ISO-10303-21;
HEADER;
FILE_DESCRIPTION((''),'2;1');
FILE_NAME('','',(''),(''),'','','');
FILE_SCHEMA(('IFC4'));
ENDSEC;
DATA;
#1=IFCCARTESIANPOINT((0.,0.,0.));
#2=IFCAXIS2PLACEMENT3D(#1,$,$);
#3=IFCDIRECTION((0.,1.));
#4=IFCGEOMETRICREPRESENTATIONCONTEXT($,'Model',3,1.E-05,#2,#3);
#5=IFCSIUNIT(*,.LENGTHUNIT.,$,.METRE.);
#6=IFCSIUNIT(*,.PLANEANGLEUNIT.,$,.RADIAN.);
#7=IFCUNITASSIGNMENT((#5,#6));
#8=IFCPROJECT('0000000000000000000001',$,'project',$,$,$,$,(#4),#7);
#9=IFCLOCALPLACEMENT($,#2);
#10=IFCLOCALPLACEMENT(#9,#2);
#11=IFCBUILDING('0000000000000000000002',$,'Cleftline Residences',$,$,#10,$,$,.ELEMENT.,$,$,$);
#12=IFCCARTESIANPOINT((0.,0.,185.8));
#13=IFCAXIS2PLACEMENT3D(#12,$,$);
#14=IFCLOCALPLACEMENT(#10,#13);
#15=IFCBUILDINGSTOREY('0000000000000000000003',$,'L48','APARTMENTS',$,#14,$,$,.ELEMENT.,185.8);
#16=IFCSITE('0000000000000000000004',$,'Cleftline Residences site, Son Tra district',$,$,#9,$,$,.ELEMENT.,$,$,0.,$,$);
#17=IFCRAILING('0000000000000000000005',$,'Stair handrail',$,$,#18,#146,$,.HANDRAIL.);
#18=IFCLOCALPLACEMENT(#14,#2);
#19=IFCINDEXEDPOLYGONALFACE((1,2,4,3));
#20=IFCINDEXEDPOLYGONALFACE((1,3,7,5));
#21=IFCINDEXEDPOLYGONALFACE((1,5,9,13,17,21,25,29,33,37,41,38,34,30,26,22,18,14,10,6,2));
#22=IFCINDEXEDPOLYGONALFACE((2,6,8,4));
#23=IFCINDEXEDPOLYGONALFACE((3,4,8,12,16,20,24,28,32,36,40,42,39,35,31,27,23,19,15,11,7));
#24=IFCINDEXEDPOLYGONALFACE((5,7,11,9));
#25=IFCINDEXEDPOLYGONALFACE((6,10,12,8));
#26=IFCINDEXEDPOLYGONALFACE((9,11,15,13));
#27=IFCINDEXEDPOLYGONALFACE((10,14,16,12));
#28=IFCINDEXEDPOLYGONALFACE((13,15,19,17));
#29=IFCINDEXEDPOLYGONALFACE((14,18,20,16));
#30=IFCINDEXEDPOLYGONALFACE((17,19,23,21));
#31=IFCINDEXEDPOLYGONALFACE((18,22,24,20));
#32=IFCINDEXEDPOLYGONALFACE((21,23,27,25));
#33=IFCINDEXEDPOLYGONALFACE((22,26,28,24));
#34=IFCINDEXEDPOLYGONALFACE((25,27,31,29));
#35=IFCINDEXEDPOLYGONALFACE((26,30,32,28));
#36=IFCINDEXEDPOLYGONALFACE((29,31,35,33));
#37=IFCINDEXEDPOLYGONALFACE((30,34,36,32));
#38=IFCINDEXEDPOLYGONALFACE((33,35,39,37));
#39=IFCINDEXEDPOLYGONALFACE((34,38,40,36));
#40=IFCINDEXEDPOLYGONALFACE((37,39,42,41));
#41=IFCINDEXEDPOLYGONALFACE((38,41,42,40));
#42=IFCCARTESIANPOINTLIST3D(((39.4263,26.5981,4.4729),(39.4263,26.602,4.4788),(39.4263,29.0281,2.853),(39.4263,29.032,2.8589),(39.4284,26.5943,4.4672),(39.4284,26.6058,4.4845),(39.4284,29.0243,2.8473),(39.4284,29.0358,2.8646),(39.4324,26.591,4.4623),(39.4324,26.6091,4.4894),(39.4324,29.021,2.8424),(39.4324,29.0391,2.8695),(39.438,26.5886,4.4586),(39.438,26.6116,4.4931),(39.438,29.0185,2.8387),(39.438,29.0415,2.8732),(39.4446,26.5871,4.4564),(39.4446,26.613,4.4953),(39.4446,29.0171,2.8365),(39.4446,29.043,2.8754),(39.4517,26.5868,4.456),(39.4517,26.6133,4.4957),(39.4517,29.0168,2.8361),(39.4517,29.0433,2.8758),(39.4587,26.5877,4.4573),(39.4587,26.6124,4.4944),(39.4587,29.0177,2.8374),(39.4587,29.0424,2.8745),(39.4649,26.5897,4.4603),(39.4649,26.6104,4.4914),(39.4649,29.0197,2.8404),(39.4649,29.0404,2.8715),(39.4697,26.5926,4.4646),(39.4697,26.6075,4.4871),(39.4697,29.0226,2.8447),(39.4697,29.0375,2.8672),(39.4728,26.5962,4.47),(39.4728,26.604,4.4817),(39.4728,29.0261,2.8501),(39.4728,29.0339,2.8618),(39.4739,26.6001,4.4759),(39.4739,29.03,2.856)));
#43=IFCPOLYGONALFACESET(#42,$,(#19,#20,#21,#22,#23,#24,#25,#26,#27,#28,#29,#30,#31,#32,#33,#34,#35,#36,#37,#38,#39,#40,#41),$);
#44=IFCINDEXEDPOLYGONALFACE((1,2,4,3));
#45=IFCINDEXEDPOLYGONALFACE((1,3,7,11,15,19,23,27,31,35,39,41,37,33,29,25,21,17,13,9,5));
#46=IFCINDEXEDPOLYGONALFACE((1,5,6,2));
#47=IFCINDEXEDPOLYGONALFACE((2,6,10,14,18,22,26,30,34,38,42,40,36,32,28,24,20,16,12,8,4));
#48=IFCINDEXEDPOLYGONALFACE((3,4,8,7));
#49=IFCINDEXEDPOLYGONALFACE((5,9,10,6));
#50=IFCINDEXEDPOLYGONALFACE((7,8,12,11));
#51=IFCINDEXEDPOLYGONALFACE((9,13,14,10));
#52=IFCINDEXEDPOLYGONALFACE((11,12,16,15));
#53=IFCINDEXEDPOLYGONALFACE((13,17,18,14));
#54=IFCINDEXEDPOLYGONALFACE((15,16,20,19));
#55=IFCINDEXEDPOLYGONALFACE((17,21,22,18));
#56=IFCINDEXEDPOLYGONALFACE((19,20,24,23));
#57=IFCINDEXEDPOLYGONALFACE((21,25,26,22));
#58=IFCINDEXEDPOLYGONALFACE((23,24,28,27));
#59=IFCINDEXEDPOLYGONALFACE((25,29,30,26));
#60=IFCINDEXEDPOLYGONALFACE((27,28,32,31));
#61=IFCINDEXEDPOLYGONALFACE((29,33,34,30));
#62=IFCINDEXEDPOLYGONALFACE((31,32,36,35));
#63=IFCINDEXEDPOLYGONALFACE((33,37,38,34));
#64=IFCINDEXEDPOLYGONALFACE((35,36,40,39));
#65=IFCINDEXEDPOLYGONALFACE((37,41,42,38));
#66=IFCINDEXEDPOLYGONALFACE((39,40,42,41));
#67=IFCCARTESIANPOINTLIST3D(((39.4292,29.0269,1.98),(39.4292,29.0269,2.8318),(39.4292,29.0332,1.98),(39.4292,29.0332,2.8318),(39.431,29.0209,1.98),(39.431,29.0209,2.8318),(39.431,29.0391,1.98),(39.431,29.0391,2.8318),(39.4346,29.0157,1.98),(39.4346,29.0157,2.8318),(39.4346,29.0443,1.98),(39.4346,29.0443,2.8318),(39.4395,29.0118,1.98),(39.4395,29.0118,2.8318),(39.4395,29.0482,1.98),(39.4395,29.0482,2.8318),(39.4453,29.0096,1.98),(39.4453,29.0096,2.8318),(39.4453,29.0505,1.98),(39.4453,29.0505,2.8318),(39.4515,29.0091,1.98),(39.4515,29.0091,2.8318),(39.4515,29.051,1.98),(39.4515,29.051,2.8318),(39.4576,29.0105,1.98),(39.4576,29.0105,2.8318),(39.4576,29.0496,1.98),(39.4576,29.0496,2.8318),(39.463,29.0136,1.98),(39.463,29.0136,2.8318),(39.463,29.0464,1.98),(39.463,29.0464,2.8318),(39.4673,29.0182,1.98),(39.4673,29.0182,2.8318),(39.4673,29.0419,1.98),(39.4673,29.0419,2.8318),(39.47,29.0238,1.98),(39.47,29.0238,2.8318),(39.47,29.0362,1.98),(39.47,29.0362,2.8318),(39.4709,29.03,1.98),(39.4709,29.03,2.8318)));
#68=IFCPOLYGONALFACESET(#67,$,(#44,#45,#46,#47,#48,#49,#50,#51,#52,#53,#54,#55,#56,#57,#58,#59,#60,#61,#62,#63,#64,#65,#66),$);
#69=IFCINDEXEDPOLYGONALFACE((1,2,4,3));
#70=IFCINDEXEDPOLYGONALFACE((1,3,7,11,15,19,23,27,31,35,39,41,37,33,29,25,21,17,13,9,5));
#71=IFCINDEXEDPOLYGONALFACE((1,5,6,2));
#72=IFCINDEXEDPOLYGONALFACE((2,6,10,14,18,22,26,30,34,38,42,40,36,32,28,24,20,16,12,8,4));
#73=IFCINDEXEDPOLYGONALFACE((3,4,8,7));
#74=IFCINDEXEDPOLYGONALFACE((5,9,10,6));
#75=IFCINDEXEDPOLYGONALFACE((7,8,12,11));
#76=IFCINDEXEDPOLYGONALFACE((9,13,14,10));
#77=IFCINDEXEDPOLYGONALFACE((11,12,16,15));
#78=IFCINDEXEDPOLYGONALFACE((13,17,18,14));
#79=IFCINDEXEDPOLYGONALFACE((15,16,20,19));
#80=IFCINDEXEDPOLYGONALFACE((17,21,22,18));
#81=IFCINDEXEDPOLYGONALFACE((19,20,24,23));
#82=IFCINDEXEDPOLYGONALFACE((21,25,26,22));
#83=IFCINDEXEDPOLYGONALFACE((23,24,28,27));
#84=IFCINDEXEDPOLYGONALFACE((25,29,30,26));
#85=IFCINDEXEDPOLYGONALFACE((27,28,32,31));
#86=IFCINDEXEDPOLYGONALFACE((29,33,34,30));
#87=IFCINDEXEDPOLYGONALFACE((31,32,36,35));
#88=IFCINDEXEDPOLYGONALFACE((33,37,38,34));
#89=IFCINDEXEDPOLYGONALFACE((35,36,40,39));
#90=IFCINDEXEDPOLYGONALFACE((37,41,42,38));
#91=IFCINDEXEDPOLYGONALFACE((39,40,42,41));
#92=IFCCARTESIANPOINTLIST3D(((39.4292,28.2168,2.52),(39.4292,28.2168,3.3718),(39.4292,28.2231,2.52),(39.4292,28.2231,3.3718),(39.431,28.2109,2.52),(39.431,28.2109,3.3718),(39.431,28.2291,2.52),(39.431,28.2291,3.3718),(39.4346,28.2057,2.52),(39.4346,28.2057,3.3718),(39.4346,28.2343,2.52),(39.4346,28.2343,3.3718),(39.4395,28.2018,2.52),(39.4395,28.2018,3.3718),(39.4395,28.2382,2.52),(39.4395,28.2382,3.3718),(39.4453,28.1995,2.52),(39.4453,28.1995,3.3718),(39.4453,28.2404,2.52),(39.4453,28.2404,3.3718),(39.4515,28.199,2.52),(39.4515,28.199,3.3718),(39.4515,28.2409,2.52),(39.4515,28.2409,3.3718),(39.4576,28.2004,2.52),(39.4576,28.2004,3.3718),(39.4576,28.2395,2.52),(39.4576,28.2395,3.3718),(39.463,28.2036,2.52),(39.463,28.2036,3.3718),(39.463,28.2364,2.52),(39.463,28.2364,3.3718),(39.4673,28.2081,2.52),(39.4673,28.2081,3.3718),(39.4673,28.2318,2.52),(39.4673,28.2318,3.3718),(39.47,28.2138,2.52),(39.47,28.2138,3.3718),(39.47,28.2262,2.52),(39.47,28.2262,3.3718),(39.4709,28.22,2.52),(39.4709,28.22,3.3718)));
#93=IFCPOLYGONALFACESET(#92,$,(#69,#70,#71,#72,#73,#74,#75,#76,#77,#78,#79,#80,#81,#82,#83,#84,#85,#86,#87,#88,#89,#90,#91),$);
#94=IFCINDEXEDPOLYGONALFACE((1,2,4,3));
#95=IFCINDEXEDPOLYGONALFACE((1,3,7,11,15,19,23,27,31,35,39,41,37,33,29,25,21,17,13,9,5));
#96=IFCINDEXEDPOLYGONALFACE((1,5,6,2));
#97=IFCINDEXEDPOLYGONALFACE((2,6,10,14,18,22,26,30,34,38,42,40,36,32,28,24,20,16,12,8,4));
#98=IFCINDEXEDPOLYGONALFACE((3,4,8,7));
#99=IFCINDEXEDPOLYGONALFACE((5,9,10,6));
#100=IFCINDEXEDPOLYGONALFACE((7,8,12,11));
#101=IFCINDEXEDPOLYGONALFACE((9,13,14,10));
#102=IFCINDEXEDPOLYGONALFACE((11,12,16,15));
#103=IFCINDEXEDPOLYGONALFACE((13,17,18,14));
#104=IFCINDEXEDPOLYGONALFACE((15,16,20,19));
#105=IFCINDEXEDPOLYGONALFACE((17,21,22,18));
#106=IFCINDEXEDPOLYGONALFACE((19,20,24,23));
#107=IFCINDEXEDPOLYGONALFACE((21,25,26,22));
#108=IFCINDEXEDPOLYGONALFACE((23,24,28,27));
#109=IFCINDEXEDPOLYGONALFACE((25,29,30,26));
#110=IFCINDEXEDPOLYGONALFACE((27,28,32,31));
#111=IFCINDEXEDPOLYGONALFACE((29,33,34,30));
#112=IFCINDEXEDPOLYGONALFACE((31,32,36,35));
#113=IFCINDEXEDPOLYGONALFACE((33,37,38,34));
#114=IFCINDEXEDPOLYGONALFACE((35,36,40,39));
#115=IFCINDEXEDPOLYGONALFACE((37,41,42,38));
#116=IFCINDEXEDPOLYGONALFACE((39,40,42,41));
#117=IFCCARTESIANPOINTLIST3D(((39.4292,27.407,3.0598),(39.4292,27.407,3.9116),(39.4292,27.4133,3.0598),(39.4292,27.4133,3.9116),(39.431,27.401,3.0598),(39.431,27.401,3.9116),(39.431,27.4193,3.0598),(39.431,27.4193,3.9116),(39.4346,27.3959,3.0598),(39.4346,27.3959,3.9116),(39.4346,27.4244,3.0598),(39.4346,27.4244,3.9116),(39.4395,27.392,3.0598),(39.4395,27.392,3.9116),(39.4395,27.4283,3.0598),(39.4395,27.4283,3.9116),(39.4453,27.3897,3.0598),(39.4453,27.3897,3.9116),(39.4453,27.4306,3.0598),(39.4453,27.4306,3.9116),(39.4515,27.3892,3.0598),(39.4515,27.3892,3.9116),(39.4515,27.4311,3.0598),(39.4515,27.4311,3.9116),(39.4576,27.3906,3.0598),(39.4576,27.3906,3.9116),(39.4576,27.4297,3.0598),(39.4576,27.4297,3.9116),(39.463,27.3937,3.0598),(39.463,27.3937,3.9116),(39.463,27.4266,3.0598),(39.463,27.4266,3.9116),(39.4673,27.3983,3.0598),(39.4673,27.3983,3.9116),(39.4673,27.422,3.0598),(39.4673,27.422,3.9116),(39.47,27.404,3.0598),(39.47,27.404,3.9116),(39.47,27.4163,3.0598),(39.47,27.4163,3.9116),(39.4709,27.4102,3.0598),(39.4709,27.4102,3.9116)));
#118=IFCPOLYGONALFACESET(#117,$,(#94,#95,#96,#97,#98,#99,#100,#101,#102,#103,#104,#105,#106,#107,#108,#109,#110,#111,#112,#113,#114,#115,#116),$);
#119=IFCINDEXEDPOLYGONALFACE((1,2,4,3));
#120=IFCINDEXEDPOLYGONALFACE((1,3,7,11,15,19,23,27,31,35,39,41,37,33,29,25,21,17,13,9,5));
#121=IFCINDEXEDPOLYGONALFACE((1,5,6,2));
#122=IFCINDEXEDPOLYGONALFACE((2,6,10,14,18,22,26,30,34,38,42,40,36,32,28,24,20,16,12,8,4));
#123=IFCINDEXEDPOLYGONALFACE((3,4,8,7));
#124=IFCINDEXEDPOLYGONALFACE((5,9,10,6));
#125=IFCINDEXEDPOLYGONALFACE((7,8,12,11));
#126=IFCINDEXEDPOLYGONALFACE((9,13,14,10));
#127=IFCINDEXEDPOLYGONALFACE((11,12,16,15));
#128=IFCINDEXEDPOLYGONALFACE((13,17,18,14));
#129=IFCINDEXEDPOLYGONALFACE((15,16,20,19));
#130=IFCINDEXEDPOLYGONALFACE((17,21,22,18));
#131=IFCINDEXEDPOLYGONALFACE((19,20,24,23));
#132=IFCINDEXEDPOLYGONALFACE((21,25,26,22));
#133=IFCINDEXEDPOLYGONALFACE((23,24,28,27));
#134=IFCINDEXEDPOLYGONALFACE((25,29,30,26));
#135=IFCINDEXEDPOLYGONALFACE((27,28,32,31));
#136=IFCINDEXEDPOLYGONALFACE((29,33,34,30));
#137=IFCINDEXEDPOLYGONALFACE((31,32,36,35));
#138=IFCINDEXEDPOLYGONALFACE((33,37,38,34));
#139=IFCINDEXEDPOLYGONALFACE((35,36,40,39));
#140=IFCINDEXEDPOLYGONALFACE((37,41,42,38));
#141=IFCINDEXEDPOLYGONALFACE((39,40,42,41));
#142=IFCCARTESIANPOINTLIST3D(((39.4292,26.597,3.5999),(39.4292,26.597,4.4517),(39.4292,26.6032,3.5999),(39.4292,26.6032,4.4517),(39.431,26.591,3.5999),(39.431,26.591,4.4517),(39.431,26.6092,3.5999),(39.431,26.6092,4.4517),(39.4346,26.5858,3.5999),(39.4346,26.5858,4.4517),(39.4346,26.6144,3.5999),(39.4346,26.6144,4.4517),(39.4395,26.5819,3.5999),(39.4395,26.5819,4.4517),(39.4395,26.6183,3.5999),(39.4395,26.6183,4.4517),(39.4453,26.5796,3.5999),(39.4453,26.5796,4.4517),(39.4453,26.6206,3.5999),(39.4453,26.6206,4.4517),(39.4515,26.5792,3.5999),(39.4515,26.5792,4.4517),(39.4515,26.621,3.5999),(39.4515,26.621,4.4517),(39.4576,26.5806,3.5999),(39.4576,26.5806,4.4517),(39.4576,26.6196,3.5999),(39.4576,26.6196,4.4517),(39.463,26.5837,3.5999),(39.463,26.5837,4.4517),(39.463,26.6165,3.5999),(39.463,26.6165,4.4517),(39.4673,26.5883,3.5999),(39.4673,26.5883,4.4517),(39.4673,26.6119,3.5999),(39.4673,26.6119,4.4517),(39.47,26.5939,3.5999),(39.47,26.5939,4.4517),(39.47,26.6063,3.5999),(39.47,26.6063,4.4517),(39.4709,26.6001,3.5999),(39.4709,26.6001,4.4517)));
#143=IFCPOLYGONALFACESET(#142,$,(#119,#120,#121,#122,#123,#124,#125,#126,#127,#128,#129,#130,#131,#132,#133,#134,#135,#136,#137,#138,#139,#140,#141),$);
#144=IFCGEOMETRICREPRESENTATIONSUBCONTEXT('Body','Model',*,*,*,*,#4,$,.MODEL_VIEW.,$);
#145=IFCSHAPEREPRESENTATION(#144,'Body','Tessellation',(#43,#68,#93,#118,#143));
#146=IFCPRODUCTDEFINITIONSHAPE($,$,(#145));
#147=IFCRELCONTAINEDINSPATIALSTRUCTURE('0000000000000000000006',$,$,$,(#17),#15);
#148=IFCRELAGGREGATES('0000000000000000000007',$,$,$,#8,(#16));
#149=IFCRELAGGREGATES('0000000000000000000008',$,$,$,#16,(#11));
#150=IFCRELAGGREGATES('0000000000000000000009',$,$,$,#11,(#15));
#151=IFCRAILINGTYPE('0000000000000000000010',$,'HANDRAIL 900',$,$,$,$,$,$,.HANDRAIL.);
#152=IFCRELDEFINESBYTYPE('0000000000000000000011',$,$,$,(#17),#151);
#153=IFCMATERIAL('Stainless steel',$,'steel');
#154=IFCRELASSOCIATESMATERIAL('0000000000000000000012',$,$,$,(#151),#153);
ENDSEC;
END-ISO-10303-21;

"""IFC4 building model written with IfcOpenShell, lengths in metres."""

from ifc_helpers import new_model, si_unit, direction, frame, origin, origin_2d, place, context, subcontext, project, spatial, circle, extrude, material, type_object, element, save


model = new_model("IFC4")

# Units and contexts
model_context = context("Model", 3, precision=1e-05, world=origin(), true_north=direction((0.0, 1.0)))
body_context = subcontext(model_context, "Body", "Model", "MODEL_VIEW")
ifc_project = project(units=[si_unit("LENGTHUNIT", "METRE"), si_unit("PLANEANGLEUNIT", "RADIAN")], contexts=[model_context])

# Site, building, storey
site_placement = place(None, origin())
site = spatial("IfcSite", under=ifc_project, at=site_placement, Name="Cleftline Residences site, Son Tra district", CompositionType="ELEMENT", RefElevation=0.0)
building_placement = place(site_placement, origin())
building = spatial("IfcBuilding", under=site, at=building_placement, Name="Cleftline Residences", CompositionType="ELEMENT")
storey_placement = place(building_placement, frame((0.0, 0.0, 185.8)))
storey = spatial("IfcBuildingStorey", under=building, at=storey_placement, Name="L48", Description="APARTMENTS", CompositionType="ELEMENT", Elevation=185.8)

# Railing
ifc_material_1 = material(Name="Stainless steel", Category="steel")
railing_type = type_object("IfcRailingType", Name="HANDRAIL 900", PredefinedType="HANDRAIL", material=ifc_material_1)
railing_1_placement = place(storey_placement, frame((39.45, 29.03, 1.98)))
element("IfcRailing", 1, at=railing_1_placement, inside=storey, type_object=railing_type, Name="Stair handrail", PredefinedType="HANDRAIL", context=body_context, shape_type="SweptSolid", body=[
    extrude(circle(Radius=0.0239, at=origin_2d()), frame((0.0, 0.0, 0.876), z_axis=(0.0, -0.832063, 0.554681), x_axis=(1.0, 0.0, 0.0)), (0.0, 0.0, 1.0), 2.9204),
    extrude(circle(Radius=0.021, at=origin_2d()), origin(), (0.0, 0.0, 1.0), 0.8518),
    extrude(circle(Radius=0.021, at=origin_2d()), frame((0.0, -0.8101, 0.54)), (0.0, 0.0, 1.0), 0.8518),
    extrude(circle(Radius=0.021, at=origin_2d()), frame((0.0, -1.6199, 1.0798)), (0.0, 0.0, 1.0), 0.8518),
    extrude(circle(Radius=0.021, at=origin_2d()), frame((0.0, -2.4299, 1.6199)), (0.0, 0.0, 1.0), 0.8518),
])

save(model, "model.ifc")
